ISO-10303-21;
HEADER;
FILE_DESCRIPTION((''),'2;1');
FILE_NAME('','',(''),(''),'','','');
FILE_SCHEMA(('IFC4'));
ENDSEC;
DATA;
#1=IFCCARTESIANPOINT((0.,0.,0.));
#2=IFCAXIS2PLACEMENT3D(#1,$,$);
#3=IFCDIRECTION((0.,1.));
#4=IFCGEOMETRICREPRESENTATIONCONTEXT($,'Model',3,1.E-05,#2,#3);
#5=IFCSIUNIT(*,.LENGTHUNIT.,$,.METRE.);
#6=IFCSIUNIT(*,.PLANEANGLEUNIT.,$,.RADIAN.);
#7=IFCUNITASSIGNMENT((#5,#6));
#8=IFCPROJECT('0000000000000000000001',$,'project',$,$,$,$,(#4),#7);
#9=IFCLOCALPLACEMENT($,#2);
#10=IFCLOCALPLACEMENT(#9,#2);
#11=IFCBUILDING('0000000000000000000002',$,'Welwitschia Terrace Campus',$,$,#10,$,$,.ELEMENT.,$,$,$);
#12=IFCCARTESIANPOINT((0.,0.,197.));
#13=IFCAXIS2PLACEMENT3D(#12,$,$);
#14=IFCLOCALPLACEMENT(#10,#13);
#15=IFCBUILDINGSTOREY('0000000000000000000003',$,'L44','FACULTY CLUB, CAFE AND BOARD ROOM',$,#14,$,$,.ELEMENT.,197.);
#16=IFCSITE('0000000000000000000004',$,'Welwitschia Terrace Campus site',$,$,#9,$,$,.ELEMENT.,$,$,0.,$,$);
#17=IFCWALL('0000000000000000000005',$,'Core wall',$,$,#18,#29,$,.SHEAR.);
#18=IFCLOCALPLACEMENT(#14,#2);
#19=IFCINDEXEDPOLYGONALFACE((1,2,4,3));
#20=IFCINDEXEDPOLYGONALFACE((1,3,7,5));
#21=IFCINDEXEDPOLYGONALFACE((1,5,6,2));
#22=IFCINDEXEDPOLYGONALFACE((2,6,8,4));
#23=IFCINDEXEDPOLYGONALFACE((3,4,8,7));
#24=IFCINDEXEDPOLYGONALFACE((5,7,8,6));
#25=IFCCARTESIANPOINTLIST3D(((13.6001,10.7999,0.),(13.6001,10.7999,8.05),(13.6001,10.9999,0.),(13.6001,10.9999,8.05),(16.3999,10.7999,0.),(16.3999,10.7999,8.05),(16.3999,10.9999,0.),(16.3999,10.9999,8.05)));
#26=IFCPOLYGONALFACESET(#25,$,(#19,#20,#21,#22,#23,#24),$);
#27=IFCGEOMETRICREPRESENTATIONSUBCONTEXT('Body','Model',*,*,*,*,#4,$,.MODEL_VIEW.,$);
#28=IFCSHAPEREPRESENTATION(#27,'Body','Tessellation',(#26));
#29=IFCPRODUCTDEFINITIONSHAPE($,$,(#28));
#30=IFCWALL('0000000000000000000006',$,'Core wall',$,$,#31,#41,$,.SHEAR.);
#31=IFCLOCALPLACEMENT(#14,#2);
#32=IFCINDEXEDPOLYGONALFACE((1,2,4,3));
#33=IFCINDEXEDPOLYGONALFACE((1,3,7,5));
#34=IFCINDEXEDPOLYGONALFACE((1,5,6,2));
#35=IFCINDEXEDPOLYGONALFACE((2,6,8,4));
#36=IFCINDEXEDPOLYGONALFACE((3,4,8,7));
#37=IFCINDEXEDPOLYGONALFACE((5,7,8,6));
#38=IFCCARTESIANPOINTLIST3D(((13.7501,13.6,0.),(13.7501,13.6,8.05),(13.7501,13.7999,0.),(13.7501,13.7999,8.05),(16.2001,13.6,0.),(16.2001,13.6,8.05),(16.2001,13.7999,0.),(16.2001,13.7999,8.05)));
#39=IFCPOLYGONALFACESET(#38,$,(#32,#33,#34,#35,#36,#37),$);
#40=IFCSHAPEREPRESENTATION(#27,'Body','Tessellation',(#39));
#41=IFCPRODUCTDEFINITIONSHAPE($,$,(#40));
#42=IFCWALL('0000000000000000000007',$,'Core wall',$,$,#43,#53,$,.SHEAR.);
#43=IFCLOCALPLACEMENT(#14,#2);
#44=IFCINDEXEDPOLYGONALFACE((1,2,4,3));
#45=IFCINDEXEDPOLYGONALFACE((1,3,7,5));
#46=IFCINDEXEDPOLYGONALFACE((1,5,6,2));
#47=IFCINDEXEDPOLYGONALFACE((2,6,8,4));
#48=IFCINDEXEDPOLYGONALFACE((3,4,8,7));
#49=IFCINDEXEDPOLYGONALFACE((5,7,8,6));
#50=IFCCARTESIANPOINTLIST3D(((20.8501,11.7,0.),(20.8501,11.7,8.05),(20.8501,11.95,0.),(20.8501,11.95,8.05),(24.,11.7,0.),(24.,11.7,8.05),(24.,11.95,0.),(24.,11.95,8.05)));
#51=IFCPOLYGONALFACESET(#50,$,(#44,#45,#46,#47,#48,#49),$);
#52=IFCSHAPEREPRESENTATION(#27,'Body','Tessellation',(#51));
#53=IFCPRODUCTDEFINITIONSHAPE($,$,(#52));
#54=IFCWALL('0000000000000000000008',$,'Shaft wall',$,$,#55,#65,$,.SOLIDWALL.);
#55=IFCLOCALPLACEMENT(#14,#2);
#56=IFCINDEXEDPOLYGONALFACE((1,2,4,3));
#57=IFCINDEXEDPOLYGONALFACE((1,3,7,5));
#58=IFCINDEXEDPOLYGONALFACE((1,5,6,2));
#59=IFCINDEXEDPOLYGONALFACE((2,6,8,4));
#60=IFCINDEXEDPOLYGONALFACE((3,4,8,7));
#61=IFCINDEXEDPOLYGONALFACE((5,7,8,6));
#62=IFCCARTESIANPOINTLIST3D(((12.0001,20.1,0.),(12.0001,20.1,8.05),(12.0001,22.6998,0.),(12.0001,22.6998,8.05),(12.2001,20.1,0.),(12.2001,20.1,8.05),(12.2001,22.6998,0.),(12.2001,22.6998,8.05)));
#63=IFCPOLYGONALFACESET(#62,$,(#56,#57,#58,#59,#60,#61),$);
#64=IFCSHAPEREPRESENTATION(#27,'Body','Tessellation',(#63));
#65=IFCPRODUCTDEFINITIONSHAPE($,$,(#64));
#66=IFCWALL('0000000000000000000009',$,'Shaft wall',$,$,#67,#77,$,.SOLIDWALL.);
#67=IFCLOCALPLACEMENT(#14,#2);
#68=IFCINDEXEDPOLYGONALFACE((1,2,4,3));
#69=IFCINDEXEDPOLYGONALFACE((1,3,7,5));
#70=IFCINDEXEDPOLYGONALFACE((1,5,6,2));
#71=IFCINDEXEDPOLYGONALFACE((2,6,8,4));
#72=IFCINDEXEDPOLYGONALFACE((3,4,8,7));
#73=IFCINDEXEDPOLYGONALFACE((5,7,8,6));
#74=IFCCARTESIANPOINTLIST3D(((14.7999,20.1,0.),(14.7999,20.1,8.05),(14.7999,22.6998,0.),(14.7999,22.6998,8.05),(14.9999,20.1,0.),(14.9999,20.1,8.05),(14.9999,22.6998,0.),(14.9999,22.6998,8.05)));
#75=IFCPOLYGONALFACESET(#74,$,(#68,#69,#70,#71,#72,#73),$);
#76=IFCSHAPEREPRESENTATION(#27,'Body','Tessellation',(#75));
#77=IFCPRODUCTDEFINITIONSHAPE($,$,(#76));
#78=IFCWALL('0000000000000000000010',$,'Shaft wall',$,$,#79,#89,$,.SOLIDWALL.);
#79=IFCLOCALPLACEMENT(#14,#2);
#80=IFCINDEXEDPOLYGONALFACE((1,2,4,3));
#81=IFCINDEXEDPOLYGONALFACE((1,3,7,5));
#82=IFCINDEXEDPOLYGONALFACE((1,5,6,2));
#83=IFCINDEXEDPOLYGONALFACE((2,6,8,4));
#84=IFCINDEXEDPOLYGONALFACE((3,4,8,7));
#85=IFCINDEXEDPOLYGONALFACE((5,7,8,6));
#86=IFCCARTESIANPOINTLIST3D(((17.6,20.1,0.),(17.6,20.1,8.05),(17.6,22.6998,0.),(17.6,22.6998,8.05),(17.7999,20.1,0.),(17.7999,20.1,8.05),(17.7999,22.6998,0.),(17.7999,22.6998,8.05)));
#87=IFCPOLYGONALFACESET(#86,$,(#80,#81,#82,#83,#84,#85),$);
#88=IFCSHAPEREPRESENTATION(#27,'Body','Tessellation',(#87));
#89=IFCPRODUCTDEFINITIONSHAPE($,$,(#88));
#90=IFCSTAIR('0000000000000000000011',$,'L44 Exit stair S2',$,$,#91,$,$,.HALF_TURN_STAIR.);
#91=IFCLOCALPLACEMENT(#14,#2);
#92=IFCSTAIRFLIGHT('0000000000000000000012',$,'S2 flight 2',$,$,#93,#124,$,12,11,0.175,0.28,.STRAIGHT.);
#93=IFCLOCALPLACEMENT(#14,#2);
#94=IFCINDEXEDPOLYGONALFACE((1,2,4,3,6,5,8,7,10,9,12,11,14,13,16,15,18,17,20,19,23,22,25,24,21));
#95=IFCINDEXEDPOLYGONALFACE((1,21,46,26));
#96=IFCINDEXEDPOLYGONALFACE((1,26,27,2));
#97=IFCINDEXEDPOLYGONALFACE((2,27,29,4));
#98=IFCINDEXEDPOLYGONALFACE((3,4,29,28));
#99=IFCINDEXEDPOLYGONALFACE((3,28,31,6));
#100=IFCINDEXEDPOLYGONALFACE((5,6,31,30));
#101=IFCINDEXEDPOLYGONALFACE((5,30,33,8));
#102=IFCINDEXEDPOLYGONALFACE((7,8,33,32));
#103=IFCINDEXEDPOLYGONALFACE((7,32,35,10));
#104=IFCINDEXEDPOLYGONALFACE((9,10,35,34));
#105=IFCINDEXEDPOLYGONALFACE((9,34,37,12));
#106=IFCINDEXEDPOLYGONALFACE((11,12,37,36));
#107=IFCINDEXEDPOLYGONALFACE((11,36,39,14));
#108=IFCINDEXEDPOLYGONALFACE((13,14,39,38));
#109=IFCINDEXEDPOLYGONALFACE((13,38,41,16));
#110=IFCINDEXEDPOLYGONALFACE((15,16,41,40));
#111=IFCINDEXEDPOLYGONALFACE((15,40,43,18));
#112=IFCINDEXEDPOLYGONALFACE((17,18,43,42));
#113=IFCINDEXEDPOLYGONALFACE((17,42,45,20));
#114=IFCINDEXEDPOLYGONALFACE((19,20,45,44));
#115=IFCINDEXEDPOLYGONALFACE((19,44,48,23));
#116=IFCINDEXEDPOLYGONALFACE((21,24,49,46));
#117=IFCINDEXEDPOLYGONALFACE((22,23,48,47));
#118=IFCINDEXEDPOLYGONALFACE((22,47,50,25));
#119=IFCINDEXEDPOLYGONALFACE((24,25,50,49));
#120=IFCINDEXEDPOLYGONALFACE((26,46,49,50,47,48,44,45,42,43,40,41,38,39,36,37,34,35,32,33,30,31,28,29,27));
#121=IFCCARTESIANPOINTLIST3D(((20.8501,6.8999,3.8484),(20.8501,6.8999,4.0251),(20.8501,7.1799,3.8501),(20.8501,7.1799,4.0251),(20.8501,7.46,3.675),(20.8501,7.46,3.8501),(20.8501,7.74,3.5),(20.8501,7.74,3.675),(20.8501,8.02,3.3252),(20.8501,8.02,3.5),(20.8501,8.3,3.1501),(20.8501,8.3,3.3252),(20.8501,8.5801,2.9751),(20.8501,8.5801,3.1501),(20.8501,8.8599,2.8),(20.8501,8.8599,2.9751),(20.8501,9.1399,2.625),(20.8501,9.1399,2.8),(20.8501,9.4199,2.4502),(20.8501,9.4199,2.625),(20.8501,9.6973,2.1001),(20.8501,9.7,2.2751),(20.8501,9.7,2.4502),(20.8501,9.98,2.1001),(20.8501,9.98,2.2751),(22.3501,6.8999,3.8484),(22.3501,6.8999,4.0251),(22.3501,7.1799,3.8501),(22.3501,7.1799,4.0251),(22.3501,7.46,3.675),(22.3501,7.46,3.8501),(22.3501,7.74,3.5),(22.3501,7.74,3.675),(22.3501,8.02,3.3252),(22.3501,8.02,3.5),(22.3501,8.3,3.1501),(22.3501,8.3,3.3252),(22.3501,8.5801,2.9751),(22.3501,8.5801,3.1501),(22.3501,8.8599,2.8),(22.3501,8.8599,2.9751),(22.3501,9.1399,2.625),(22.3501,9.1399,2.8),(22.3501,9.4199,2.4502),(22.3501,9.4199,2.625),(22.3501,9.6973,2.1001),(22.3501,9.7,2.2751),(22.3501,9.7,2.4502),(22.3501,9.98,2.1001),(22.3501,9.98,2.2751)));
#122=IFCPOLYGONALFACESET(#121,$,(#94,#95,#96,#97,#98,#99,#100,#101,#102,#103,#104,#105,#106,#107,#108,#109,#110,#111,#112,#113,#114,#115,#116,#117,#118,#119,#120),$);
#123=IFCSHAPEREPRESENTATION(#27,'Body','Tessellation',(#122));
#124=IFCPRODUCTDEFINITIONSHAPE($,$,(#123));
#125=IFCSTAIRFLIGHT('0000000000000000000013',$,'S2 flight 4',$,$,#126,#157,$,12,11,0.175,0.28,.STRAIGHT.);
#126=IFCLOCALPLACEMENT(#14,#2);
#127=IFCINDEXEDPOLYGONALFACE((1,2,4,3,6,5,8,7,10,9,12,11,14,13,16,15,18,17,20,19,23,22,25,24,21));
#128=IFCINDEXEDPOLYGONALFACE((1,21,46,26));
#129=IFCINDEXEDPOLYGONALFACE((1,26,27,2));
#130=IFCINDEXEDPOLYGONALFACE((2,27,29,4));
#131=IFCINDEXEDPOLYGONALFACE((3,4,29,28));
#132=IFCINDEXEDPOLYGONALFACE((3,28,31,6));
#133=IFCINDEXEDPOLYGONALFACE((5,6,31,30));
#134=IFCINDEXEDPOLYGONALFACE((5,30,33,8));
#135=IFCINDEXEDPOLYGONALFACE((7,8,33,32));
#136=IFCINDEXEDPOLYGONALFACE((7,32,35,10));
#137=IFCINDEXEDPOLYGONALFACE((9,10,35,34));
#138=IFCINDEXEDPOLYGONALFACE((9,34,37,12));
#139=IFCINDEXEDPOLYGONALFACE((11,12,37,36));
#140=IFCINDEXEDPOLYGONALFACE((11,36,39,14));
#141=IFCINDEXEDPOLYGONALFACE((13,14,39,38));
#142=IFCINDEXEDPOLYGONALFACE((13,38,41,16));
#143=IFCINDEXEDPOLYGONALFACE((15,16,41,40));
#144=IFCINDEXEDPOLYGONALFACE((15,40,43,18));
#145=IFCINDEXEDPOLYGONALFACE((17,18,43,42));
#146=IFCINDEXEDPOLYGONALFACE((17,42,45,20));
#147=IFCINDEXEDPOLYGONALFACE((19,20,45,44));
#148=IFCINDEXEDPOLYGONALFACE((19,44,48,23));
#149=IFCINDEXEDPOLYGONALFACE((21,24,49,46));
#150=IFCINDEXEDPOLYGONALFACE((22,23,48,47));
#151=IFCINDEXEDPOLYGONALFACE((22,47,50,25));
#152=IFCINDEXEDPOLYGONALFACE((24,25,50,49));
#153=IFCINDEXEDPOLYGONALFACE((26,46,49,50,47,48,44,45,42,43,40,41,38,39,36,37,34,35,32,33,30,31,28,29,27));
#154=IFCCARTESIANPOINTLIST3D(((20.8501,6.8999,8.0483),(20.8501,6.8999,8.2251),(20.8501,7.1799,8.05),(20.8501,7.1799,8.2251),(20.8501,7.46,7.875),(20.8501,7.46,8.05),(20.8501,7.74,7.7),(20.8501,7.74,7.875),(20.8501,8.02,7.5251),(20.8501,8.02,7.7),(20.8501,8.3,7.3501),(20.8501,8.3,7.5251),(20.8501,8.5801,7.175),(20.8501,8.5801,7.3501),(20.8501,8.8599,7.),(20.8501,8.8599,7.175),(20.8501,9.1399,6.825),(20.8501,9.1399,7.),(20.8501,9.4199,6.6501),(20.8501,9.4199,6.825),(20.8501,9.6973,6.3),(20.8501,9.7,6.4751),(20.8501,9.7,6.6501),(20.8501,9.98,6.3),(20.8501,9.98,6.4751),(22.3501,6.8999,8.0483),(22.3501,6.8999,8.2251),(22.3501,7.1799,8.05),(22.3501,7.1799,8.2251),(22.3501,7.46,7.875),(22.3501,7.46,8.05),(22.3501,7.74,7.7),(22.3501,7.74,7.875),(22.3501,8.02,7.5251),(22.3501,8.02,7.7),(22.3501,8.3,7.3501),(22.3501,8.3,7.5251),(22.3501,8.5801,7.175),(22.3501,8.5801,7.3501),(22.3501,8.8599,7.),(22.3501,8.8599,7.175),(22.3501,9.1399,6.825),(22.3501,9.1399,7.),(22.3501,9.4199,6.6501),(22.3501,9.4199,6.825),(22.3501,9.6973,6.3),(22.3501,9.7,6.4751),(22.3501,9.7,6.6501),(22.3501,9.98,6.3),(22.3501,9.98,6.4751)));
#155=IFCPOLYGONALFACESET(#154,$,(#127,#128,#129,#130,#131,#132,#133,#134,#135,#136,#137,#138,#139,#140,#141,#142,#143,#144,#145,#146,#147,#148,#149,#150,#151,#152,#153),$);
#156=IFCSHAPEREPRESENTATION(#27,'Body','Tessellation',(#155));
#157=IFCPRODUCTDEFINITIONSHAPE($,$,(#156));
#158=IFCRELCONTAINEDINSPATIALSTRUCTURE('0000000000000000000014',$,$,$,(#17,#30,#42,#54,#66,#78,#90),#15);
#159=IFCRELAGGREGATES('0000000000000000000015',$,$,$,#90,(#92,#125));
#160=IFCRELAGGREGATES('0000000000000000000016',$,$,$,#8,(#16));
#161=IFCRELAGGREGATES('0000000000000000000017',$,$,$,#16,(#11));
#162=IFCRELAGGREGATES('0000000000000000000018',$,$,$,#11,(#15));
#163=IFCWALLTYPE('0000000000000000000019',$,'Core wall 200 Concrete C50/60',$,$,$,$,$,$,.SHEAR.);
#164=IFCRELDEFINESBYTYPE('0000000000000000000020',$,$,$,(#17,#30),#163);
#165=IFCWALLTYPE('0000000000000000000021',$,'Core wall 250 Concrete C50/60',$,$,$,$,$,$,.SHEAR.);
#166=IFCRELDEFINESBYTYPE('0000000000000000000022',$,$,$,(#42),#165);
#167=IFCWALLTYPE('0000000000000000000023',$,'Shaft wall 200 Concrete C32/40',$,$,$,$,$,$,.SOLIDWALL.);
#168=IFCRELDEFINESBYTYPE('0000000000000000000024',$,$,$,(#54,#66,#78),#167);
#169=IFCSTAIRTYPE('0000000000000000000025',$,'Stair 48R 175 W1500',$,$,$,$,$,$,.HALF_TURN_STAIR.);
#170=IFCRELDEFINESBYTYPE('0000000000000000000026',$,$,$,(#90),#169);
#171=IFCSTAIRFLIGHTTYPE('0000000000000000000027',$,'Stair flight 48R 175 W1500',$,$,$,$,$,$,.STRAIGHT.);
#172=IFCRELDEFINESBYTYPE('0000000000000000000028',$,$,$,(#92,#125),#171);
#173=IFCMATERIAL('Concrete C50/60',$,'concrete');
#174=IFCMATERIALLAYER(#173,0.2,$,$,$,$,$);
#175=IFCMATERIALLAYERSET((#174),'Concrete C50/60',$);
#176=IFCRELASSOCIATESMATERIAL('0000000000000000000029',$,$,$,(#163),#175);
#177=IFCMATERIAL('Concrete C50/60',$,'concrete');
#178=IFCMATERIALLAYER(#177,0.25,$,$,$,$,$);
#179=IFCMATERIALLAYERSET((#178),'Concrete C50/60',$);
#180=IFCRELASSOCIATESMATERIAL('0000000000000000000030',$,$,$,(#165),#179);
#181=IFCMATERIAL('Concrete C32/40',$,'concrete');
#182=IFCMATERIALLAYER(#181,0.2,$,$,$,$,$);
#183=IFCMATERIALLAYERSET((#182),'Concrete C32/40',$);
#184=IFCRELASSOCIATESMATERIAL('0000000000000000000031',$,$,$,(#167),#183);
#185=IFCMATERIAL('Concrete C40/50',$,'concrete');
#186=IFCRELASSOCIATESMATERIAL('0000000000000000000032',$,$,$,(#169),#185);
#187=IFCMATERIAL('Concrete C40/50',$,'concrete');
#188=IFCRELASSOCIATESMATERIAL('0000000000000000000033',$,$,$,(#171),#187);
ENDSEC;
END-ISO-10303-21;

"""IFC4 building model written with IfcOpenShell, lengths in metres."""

from ifc_helpers import new_model, si_unit, direction, frame, frame_2d, origin, place, context, subcontext, project, spatial, polyline, rectangle, outline, extrude, material, layer, layer_set, type_object, element, aggregate, save


model = new_model("IFC4")

# Units and contexts
model_context = context("Model", 3, precision=1e-05, world=origin(), true_north=direction((0.0, 1.0)))
body_context = subcontext(model_context, "Body", "Model", "MODEL_VIEW")
ifc_project = project(units=[si_unit("LENGTHUNIT", "METRE"), si_unit("PLANEANGLEUNIT", "RADIAN")], contexts=[model_context])

# Site, building, storey
site_placement = place(None, origin())
site = spatial("IfcSite", under=ifc_project, at=site_placement, Name="Welwitschia Terrace Campus site", CompositionType="ELEMENT", RefElevation=0.0)
building_placement = place(site_placement, origin())
building = spatial("IfcBuilding", under=site, at=building_placement, Name="Welwitschia Terrace Campus", CompositionType="ELEMENT")
storey_placement = place(building_placement, frame((0.0, 0.0, 197.0)))
storey = spatial("IfcBuildingStorey", under=building, at=storey_placement, Name="L44", Description="FACULTY CLUB, CAFE AND BOARD ROOM", CompositionType="ELEMENT", Elevation=197.0)

# Walls
ifc_material_1 = material(Name="Concrete C50/60", Category="concrete")
ifc_layer_1 = layer(ifc_material_1, 0.2)
ifc_layer_set_1 = layer_set([ifc_layer_1], Name="Concrete C50/60")
wall_type_1 = type_object("IfcWallType", Name="Core wall 200 Concrete C50/60", PredefinedType="SHEAR", material=ifc_layer_set_1)
for number, where, z_axis, x_axis, name in (
    (1, (13.6001, 10.8999, 0.0), (0.0, 0.0, 1.0), (1.0, 0.0, 0.0), "Core wall"),
):
    element("IfcWall", number, at=place(storey_placement, frame(where, z_axis=z_axis, x_axis=x_axis)), inside=storey, type_object=wall_type_1, Name=name, PredefinedType="SHEAR", context=body_context, shape_type="SweptSolid", body=[
        extrude(rectangle(XDim=2.7998, YDim=0.2, at=frame_2d((1.3999, 0.0))), origin(), (0.0, 0.0, 1.0), 8.05),
    ])
wall_1_placement = place(storey_placement, frame((13.75, 13.7, 0.0), z_axis=(0.0, 0.0, 1.0), x_axis=(1.0, 0.0, 0.0)))
element("IfcWall", 2, at=wall_1_placement, inside=storey, type_object=wall_type_1, Name="Core wall", PredefinedType="SHEAR", context=body_context, shape_type="SweptSolid", body=[
    extrude(rectangle(XDim=2.45, YDim=0.2, at=frame_2d((1.2251, 0.0))), origin(), (0.0, 0.0, 1.0), 8.05),
])
ifc_material_2 = material(Name="Concrete C50/60", Category="concrete")
ifc_layer_2 = layer(ifc_material_2, 0.25)
ifc_layer_set_2 = layer_set([ifc_layer_2], Name="Concrete C50/60")
wall_type_2 = type_object("IfcWallType", Name="Core wall 250 Concrete C50/60", PredefinedType="SHEAR", material=ifc_layer_set_2)
wall_2_placement = place(storey_placement, frame((20.8501, 11.825, 0.0), z_axis=(0.0, 0.0, 1.0), x_axis=(1.0, 0.0, 0.0)))
element("IfcWall", 3, at=wall_2_placement, inside=storey, type_object=wall_type_2, Name="Core wall", PredefinedType="SHEAR", context=body_context, shape_type="SweptSolid", body=[
    extrude(rectangle(XDim=3.1499, YDim=0.25, at=frame_2d((1.575, 0.0))), origin(), (0.0, 0.0, 1.0), 8.05),
])
ifc_material_3 = material(Name="Concrete C32/40", Category="concrete")
ifc_layer_3 = layer(ifc_material_3, 0.2)
ifc_layer_set_3 = layer_set([ifc_layer_3], Name="Concrete C32/40")
wall_type_3 = type_object("IfcWallType", Name="Shaft wall 200 Concrete C32/40", PredefinedType="SOLIDWALL", material=ifc_layer_set_3)
for number, where, z_axis, x_axis, name in (
    (4, (12.1001, 20.1001, 0.0), (0.0, 0.0, 1.0), (0.0, 1.0, 0.0), "Shaft wall"),
    (5, (14.8999, 20.1001, 0.0), (0.0, 0.0, 1.0), (0.0, 1.0, 0.0), "Shaft wall"),
    (6, (17.7, 20.1001, 0.0), (0.0, 0.0, 1.0), (0.0, 1.0, 0.0), "Shaft wall"),
):
    element("IfcWall", number, at=place(storey_placement, frame(where, z_axis=z_axis, x_axis=x_axis)), inside=storey, type_object=wall_type_3, Name=name, PredefinedType="SOLIDWALL", context=body_context, shape_type="SweptSolid", body=[
        extrude(rectangle(XDim=2.5999, YDim=0.2, at=frame_2d((1.2998, 0.0))), origin(), (0.0, 0.0, 1.0), 8.05),
    ])

# Stair, stair flights
ifc_material_4 = material(Name="Concrete C40/50", Category="concrete")
stair_type = type_object("IfcStairType", Name="Stair 48R 175 W1500", PredefinedType="HALF_TURN_STAIR", material=ifc_material_4)
stair_placement = place(storey_placement, origin())
stair = element("IfcStair", 7, at=stair_placement, inside=storey, type_object=stair_type, Name="L44 Exit stair S2", PredefinedType="HALF_TURN_STAIR")
ifc_material_5 = material(Name="Concrete C40/50", Category="concrete")
stair_flight_type = type_object("IfcStairFlightType", Name="Stair flight 48R 175 W1500", PredefinedType="STRAIGHT", material=ifc_material_5)
stair_flight_1_placement = place(storey_placement, frame((21.6001, 9.98, 2.1001), z_axis=(0.0, 0.0, 1.0), x_axis=(0.0, -1.0, 0.0)))
stair_flight_1 = element("IfcStairFlight", 8, at=stair_flight_1_placement, type_object=stair_flight_type, Name="S2 flight 2", NumberOfRisers=12, NumberOfTreads=11, PredefinedType="STRAIGHT", RiserHeight=0.175, TreadLength=0.28, context=body_context, shape_type="SweptSolid", body=[
    extrude(outline(polyline([(0.0, 0.0), (0.0, 0.175), (0.28, 0.175), (0.28, 0.3501), (0.5601, 0.3501), (0.5601, 0.5249), (0.8401, 0.5249), (0.8401, 0.7), (1.1201, 0.7), (1.1201, 0.875), (1.3999, 0.875), (1.3999, 1.05), (1.6799, 1.05), (1.6799, 1.2251), (1.96, 1.2251), (1.96, 1.3999), (2.24, 1.3999), (2.24, 1.575), (2.52, 1.575), (2.52, 1.75), (2.8, 1.75), (2.8, 1.925), (3.0801, 1.925), (3.0801, 2.1001), (3.0801, 1.7483), (0.2827, 0.0), (0.0, 0.0)])), frame((0.0, 0.75, 0.0), z_axis=(0.0, -1.0, 0.0), x_axis=(1.0, 0.0, 0.0)), (0.0, 0.0, 1.0), 1.5),
])
stair_flight_2_placement = place(storey_placement, frame((21.6001, 9.98, 6.3), z_axis=(0.0, 0.0, 1.0), x_axis=(0.0, -1.0, 0.0)))
stair_flight_2 = element("IfcStairFlight", 9, at=stair_flight_2_placement, type_object=stair_flight_type, Name="S2 flight 4", NumberOfRisers=12, NumberOfTreads=11, PredefinedType="STRAIGHT", RiserHeight=0.175, TreadLength=0.28, context=body_context, shape_type="SweptSolid", body=[
    extrude(outline(polyline([(0.0, 0.0), (0.0, 0.175), (0.28, 0.175), (0.28, 0.3501), (0.5601, 0.3501), (0.5601, 0.5249), (0.8401, 0.5249), (0.8401, 0.7), (1.1201, 0.7), (1.1201, 0.875), (1.3999, 0.875), (1.3999, 1.05), (1.6799, 1.05), (1.6799, 1.2251), (1.96, 1.2251), (1.96, 1.3999), (2.24, 1.3999), (2.24, 1.575), (2.52, 1.575), (2.52, 1.75), (2.8, 1.75), (2.8, 1.925), (3.0801, 1.925), (3.0801, 2.1001), (3.0801, 1.7483), (0.2827, 0.0), (0.0, 0.0)])), frame((0.0, 0.75, 0.0), z_axis=(0.0, -1.0, 0.0), x_axis=(1.0, 0.0, 0.0)), (0.0, 0.0, 1.0), 1.5),
])
aggregate(stair, [stair_flight_1, stair_flight_2])

save(model, "model.ifc")
